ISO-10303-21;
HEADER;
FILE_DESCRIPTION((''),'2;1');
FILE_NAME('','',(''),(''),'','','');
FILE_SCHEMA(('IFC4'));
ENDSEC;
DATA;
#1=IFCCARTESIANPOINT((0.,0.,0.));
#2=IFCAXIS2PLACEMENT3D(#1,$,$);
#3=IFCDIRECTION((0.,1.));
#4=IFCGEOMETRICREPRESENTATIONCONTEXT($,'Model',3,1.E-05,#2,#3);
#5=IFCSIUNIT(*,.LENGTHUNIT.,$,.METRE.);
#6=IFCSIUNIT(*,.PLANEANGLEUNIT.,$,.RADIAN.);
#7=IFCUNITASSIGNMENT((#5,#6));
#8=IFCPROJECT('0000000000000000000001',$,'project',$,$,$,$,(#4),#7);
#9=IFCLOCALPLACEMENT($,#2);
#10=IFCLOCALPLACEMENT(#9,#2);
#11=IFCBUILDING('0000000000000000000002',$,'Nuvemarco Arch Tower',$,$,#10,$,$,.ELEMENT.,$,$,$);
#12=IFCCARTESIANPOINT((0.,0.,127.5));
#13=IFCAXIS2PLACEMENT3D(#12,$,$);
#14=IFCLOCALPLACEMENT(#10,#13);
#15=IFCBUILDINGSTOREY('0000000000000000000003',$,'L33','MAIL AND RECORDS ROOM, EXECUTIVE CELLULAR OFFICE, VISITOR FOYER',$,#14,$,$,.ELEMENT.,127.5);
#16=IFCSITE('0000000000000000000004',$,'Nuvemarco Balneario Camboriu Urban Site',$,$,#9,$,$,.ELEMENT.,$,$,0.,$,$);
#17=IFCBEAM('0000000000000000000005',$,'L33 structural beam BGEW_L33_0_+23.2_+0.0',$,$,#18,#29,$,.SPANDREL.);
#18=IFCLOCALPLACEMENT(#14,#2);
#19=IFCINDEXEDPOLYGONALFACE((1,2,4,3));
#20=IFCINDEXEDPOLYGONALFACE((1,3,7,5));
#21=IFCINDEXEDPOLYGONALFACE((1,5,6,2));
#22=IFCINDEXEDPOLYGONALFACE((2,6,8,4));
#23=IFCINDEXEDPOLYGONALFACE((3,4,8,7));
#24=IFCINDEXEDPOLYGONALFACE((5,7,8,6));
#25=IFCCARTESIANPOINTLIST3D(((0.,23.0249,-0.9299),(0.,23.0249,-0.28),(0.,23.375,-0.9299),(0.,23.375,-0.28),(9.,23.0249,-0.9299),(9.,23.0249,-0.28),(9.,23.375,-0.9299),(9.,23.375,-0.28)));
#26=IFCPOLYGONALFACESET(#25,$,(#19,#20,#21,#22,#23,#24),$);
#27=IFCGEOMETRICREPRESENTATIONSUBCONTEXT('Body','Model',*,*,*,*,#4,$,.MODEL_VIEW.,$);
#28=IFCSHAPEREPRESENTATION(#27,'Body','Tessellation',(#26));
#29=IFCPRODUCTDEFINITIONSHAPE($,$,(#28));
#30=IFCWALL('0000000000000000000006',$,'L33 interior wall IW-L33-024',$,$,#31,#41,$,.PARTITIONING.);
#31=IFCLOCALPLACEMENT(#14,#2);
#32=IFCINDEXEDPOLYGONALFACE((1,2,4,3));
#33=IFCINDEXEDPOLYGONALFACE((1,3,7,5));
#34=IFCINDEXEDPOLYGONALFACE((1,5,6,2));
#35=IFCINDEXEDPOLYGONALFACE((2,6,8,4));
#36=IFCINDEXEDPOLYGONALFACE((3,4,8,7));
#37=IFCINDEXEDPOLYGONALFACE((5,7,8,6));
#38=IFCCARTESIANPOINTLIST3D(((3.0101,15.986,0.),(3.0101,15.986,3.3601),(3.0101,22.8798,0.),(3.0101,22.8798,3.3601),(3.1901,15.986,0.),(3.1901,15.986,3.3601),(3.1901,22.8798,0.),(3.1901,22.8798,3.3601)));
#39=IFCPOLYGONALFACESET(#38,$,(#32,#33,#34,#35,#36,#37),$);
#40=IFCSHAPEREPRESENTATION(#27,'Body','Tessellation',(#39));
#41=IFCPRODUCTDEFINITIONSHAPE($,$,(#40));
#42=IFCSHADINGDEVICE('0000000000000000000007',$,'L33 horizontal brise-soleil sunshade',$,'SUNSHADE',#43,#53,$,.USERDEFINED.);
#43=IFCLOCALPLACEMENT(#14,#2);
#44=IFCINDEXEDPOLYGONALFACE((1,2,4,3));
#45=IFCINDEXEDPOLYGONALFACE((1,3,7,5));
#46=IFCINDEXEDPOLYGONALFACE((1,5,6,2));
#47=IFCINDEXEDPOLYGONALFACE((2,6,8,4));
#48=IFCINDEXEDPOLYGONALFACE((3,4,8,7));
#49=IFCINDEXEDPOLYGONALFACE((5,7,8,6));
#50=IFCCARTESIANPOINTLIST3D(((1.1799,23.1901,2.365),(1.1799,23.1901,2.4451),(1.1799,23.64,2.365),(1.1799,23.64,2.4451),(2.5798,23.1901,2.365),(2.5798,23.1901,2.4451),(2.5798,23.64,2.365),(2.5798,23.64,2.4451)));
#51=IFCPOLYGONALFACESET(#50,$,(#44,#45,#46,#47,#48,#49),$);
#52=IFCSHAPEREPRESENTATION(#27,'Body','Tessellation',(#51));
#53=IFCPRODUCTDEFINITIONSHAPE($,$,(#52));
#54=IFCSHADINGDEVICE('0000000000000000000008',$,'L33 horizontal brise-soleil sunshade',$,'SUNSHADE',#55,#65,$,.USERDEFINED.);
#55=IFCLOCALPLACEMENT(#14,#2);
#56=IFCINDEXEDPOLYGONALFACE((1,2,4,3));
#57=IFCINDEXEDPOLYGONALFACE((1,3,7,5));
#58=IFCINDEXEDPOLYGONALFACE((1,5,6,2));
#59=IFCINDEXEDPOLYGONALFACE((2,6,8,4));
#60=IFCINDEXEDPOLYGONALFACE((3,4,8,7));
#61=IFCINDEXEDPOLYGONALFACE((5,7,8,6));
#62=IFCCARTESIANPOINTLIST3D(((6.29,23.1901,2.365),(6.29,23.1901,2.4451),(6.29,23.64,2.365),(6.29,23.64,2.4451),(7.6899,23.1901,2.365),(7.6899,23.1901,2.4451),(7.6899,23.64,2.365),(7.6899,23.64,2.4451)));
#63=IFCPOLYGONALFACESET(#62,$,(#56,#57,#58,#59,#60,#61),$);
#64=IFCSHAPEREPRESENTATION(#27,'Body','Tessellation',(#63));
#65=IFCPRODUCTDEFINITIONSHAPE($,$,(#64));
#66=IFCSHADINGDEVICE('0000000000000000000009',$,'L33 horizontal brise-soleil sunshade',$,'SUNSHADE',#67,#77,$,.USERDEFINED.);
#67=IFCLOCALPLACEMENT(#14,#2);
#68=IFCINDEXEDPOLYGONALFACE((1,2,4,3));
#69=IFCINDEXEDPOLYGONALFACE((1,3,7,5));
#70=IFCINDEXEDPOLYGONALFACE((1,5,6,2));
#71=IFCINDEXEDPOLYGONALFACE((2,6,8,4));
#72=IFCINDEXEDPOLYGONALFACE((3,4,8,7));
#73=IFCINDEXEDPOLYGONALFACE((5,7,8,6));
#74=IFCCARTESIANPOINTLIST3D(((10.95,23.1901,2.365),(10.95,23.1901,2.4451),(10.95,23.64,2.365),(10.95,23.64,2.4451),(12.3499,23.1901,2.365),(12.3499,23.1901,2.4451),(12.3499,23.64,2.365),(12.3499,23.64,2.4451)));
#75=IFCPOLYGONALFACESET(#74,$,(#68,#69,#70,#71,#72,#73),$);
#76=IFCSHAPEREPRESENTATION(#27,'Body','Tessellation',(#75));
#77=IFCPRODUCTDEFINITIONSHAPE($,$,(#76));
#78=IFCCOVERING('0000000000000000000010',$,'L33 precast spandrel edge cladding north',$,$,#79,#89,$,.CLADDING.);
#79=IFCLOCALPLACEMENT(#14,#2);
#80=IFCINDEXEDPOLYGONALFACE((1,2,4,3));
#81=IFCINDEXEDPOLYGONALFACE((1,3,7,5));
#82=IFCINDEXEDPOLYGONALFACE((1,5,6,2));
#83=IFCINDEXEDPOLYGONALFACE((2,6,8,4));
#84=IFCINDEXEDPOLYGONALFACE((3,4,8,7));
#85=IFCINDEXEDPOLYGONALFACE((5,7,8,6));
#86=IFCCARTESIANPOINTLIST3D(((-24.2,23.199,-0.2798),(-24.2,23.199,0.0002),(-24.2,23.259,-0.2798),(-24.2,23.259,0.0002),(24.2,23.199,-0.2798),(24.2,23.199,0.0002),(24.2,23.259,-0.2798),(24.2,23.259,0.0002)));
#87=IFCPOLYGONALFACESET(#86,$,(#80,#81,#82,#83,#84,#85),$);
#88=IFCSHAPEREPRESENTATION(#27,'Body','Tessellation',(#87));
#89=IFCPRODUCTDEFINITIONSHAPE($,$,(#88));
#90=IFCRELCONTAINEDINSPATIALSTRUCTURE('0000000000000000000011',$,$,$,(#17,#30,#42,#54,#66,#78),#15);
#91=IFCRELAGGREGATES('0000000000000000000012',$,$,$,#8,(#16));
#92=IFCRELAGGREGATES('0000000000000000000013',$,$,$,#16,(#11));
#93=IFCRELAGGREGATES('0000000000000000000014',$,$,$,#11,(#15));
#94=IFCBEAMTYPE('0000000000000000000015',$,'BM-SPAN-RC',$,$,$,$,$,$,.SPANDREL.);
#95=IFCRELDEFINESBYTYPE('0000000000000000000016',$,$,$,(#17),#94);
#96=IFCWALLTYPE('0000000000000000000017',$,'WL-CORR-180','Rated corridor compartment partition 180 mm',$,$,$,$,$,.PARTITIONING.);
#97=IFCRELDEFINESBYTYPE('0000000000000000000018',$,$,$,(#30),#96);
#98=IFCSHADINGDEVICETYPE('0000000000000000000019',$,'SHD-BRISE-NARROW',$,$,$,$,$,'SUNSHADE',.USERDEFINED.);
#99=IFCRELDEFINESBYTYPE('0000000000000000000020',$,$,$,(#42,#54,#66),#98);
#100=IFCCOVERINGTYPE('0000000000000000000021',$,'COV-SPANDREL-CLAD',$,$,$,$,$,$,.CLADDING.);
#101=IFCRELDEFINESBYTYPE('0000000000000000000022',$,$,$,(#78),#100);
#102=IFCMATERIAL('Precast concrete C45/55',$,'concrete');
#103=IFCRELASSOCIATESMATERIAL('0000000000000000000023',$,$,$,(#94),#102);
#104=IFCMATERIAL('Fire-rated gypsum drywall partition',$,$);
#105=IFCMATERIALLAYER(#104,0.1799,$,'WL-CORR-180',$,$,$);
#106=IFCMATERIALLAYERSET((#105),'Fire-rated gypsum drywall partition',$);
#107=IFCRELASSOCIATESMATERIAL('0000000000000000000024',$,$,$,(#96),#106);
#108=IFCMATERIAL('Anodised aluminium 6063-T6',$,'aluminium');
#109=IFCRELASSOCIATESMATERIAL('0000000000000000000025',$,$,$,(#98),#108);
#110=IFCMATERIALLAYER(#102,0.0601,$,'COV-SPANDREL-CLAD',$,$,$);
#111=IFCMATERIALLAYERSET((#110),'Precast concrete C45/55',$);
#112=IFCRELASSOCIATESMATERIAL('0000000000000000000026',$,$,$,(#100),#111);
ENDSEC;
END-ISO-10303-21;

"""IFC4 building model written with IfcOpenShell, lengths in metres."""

from ifc_helpers import new_model, si_unit, direction, frame, frame_2d, origin, origin_2d, place, context, subcontext, project, spatial, rectangle, extrude, source, transform, mapped, material, layer, layer_set, material_profile, profile_set, type_object, type_shapes, element, save


model = new_model("IFC4")

# Units and contexts
model_context = context("Model", 3, precision=1e-05, world=origin(), true_north=direction((0.0, 1.0)))
body_context = subcontext(model_context, "Body", "Model", "MODEL_VIEW")
ifc_project = project(units=[si_unit("LENGTHUNIT", "METRE"), si_unit("PLANEANGLEUNIT", "RADIAN")], contexts=[model_context])

# Site, building, storey
site_placement = place(None, origin())
site = spatial("IfcSite", under=ifc_project, at=site_placement, Name="Nuvemarco Balneario Camboriu Urban Site", CompositionType="ELEMENT", RefElevation=0.0)
building_placement = place(site_placement, origin())
building = spatial("IfcBuilding", under=site, at=building_placement, Name="Nuvemarco Arch Tower", CompositionType="ELEMENT")
storey_placement = place(building_placement, frame((0.0, 0.0, 127.5)))
storey = spatial("IfcBuildingStorey", under=building, at=storey_placement, Name="L33", Description="MAIL AND RECORDS ROOM, EXECUTIVE CELLULAR OFFICE, VISITOR FOYER", CompositionType="ELEMENT", Elevation=127.5)

# Beam
ifc_material_1 = material(Name="Precast concrete C45/55", Category="concrete")
ifc_material_profile_1 = material_profile(ifc_material_1, rectangle(XDim=0.3501, YDim=0.6499, at=origin_2d()), Name="PC-SP-350x650")
ifc_profile_set_1 = profile_set([ifc_material_profile_1], Name="Precast concrete C45/55")
beam_type_1 = type_object("IfcBeamType", Name="BM-SPAN-RC", PredefinedType="SPANDREL", material=ifc_profile_set_1)
beam_1_placement = place(storey_placement, frame((0.0, 23.2, -0.605), z_axis=(1.0, 0.0, 0.0), x_axis=(0.0, 1.0, 0.0)))
element("IfcBeam", 1, at=beam_1_placement, inside=storey, type_object=beam_type_1, Name="L33 structural beam BGEW_L33_0_+23.2_+0.0", PredefinedType="SPANDREL", context=body_context, shape_type="SweptSolid", body=[
    extrude(rectangle(XDim=0.3501, YDim=0.6499, at=origin_2d()), origin(), (0.0, 0.0, 1.0), 9.0),
])

# Wall
ifc_material_2 = material(Name="Fire-rated gypsum drywall partition")
ifc_layer_1 = layer(ifc_material_2, 0.1799, Name="WL-CORR-180")
ifc_layer_set_1 = layer_set([ifc_layer_1], Name="Fire-rated gypsum drywall partition")
wall_type = type_object("IfcWallType", Name="WL-CORR-180", Description="Rated corridor compartment partition 180 mm", PredefinedType="PARTITIONING", material=ifc_layer_set_1)
wall_placement = place(storey_placement, frame((3.1001, 15.9861, 0.0), z_axis=(0.0, 0.0, 1.0), x_axis=(0.0, 1.0, 0.0)))
element("IfcWall", 2, at=wall_placement, inside=storey, type_object=wall_type, Name="L33 interior wall IW-L33-024", PredefinedType="PARTITIONING", context=body_context, shape_type="SweptSolid", body=[
    extrude(rectangle(XDim=6.8938, YDim=0.1799, at=frame_2d((3.4468, 0.0))), origin(), (0.0, 0.0, 1.0), 3.3601),
])

# Shading devices
ifc_material_3 = material(Name="Anodised aluminium 6063-T6", Category="aluminium")
shading_device_type = type_object("IfcShadingDeviceType", Name="SHD-BRISE-NARROW", ElementType="SUNSHADE", PredefinedType="USERDEFINED", material=ifc_material_3)
shared_shape_1 = source(origin(), body_context, "Body", "SweptSolid", [
    extrude(rectangle(XDim=1.3999, YDim=0.45, at=origin_2d()), origin(), (0.0, 0.0, 1.0), 0.0801),
])
type_shapes(shading_device_type, [shared_shape_1])
for number, where, z_axis, x_axis, name in (
    (3, (1.8799, 23.415, 2.365), (0.0, 0.0, 1.0), (1.0, 0.0, 0.0), "L33 horizontal brise-soleil sunshade"),
    (4, (6.99, 23.415, 2.365), (0.0, 0.0, 1.0), (1.0, 0.0, 0.0), "L33 horizontal brise-soleil sunshade"),
    (5, (11.6499, 23.415, 2.365), (0.0, 0.0, 1.0), (1.0, 0.0, 0.0), "L33 horizontal brise-soleil sunshade"),
):
    element("IfcShadingDevice", number, at=place(storey_placement, frame(where, z_axis=z_axis, x_axis=x_axis)), inside=storey, type_object=shading_device_type, Name=name, ObjectType="SUNSHADE", PredefinedType="USERDEFINED", context=body_context, shape_type="MappedRepresentation", body=[
        mapped(shared_shape_1, transform((0.0, 0.0, 0.0), scale=1.0)),
    ])

# Covering
ifc_layer_2 = layer(ifc_material_1, 0.0601, Name="COV-SPANDREL-CLAD")
ifc_layer_set_2 = layer_set([ifc_layer_2], Name="Precast concrete C45/55")
covering_type = type_object("IfcCoveringType", Name="COV-SPANDREL-CLAD", PredefinedType="CLADDING", material=ifc_layer_set_2)
shared_shape_2 = source(origin(), body_context, "Body", "SweptSolid", [
    extrude(rectangle(XDim=48.3999, YDim=0.0601, at=origin_2d()), origin(), (0.0, 0.0, 1.0), 0.28),
])
type_shapes(covering_type, [shared_shape_2])
covering_placement = place(storey_placement, frame((0.0, 23.229, -0.2798), z_axis=(0.0, 0.0, 1.0), x_axis=(1.0, 0.0, 0.0)))
element("IfcCovering", 6, at=covering_placement, inside=storey, type_object=covering_type, Name="L33 precast spandrel edge cladding north", PredefinedType="CLADDING", context=body_context, shape_type="MappedRepresentation", body=[
    mapped(shared_shape_2, transform((0.0, 0.0, 0.0), scale=1.0)),
])

save(model, "model.ifc")
